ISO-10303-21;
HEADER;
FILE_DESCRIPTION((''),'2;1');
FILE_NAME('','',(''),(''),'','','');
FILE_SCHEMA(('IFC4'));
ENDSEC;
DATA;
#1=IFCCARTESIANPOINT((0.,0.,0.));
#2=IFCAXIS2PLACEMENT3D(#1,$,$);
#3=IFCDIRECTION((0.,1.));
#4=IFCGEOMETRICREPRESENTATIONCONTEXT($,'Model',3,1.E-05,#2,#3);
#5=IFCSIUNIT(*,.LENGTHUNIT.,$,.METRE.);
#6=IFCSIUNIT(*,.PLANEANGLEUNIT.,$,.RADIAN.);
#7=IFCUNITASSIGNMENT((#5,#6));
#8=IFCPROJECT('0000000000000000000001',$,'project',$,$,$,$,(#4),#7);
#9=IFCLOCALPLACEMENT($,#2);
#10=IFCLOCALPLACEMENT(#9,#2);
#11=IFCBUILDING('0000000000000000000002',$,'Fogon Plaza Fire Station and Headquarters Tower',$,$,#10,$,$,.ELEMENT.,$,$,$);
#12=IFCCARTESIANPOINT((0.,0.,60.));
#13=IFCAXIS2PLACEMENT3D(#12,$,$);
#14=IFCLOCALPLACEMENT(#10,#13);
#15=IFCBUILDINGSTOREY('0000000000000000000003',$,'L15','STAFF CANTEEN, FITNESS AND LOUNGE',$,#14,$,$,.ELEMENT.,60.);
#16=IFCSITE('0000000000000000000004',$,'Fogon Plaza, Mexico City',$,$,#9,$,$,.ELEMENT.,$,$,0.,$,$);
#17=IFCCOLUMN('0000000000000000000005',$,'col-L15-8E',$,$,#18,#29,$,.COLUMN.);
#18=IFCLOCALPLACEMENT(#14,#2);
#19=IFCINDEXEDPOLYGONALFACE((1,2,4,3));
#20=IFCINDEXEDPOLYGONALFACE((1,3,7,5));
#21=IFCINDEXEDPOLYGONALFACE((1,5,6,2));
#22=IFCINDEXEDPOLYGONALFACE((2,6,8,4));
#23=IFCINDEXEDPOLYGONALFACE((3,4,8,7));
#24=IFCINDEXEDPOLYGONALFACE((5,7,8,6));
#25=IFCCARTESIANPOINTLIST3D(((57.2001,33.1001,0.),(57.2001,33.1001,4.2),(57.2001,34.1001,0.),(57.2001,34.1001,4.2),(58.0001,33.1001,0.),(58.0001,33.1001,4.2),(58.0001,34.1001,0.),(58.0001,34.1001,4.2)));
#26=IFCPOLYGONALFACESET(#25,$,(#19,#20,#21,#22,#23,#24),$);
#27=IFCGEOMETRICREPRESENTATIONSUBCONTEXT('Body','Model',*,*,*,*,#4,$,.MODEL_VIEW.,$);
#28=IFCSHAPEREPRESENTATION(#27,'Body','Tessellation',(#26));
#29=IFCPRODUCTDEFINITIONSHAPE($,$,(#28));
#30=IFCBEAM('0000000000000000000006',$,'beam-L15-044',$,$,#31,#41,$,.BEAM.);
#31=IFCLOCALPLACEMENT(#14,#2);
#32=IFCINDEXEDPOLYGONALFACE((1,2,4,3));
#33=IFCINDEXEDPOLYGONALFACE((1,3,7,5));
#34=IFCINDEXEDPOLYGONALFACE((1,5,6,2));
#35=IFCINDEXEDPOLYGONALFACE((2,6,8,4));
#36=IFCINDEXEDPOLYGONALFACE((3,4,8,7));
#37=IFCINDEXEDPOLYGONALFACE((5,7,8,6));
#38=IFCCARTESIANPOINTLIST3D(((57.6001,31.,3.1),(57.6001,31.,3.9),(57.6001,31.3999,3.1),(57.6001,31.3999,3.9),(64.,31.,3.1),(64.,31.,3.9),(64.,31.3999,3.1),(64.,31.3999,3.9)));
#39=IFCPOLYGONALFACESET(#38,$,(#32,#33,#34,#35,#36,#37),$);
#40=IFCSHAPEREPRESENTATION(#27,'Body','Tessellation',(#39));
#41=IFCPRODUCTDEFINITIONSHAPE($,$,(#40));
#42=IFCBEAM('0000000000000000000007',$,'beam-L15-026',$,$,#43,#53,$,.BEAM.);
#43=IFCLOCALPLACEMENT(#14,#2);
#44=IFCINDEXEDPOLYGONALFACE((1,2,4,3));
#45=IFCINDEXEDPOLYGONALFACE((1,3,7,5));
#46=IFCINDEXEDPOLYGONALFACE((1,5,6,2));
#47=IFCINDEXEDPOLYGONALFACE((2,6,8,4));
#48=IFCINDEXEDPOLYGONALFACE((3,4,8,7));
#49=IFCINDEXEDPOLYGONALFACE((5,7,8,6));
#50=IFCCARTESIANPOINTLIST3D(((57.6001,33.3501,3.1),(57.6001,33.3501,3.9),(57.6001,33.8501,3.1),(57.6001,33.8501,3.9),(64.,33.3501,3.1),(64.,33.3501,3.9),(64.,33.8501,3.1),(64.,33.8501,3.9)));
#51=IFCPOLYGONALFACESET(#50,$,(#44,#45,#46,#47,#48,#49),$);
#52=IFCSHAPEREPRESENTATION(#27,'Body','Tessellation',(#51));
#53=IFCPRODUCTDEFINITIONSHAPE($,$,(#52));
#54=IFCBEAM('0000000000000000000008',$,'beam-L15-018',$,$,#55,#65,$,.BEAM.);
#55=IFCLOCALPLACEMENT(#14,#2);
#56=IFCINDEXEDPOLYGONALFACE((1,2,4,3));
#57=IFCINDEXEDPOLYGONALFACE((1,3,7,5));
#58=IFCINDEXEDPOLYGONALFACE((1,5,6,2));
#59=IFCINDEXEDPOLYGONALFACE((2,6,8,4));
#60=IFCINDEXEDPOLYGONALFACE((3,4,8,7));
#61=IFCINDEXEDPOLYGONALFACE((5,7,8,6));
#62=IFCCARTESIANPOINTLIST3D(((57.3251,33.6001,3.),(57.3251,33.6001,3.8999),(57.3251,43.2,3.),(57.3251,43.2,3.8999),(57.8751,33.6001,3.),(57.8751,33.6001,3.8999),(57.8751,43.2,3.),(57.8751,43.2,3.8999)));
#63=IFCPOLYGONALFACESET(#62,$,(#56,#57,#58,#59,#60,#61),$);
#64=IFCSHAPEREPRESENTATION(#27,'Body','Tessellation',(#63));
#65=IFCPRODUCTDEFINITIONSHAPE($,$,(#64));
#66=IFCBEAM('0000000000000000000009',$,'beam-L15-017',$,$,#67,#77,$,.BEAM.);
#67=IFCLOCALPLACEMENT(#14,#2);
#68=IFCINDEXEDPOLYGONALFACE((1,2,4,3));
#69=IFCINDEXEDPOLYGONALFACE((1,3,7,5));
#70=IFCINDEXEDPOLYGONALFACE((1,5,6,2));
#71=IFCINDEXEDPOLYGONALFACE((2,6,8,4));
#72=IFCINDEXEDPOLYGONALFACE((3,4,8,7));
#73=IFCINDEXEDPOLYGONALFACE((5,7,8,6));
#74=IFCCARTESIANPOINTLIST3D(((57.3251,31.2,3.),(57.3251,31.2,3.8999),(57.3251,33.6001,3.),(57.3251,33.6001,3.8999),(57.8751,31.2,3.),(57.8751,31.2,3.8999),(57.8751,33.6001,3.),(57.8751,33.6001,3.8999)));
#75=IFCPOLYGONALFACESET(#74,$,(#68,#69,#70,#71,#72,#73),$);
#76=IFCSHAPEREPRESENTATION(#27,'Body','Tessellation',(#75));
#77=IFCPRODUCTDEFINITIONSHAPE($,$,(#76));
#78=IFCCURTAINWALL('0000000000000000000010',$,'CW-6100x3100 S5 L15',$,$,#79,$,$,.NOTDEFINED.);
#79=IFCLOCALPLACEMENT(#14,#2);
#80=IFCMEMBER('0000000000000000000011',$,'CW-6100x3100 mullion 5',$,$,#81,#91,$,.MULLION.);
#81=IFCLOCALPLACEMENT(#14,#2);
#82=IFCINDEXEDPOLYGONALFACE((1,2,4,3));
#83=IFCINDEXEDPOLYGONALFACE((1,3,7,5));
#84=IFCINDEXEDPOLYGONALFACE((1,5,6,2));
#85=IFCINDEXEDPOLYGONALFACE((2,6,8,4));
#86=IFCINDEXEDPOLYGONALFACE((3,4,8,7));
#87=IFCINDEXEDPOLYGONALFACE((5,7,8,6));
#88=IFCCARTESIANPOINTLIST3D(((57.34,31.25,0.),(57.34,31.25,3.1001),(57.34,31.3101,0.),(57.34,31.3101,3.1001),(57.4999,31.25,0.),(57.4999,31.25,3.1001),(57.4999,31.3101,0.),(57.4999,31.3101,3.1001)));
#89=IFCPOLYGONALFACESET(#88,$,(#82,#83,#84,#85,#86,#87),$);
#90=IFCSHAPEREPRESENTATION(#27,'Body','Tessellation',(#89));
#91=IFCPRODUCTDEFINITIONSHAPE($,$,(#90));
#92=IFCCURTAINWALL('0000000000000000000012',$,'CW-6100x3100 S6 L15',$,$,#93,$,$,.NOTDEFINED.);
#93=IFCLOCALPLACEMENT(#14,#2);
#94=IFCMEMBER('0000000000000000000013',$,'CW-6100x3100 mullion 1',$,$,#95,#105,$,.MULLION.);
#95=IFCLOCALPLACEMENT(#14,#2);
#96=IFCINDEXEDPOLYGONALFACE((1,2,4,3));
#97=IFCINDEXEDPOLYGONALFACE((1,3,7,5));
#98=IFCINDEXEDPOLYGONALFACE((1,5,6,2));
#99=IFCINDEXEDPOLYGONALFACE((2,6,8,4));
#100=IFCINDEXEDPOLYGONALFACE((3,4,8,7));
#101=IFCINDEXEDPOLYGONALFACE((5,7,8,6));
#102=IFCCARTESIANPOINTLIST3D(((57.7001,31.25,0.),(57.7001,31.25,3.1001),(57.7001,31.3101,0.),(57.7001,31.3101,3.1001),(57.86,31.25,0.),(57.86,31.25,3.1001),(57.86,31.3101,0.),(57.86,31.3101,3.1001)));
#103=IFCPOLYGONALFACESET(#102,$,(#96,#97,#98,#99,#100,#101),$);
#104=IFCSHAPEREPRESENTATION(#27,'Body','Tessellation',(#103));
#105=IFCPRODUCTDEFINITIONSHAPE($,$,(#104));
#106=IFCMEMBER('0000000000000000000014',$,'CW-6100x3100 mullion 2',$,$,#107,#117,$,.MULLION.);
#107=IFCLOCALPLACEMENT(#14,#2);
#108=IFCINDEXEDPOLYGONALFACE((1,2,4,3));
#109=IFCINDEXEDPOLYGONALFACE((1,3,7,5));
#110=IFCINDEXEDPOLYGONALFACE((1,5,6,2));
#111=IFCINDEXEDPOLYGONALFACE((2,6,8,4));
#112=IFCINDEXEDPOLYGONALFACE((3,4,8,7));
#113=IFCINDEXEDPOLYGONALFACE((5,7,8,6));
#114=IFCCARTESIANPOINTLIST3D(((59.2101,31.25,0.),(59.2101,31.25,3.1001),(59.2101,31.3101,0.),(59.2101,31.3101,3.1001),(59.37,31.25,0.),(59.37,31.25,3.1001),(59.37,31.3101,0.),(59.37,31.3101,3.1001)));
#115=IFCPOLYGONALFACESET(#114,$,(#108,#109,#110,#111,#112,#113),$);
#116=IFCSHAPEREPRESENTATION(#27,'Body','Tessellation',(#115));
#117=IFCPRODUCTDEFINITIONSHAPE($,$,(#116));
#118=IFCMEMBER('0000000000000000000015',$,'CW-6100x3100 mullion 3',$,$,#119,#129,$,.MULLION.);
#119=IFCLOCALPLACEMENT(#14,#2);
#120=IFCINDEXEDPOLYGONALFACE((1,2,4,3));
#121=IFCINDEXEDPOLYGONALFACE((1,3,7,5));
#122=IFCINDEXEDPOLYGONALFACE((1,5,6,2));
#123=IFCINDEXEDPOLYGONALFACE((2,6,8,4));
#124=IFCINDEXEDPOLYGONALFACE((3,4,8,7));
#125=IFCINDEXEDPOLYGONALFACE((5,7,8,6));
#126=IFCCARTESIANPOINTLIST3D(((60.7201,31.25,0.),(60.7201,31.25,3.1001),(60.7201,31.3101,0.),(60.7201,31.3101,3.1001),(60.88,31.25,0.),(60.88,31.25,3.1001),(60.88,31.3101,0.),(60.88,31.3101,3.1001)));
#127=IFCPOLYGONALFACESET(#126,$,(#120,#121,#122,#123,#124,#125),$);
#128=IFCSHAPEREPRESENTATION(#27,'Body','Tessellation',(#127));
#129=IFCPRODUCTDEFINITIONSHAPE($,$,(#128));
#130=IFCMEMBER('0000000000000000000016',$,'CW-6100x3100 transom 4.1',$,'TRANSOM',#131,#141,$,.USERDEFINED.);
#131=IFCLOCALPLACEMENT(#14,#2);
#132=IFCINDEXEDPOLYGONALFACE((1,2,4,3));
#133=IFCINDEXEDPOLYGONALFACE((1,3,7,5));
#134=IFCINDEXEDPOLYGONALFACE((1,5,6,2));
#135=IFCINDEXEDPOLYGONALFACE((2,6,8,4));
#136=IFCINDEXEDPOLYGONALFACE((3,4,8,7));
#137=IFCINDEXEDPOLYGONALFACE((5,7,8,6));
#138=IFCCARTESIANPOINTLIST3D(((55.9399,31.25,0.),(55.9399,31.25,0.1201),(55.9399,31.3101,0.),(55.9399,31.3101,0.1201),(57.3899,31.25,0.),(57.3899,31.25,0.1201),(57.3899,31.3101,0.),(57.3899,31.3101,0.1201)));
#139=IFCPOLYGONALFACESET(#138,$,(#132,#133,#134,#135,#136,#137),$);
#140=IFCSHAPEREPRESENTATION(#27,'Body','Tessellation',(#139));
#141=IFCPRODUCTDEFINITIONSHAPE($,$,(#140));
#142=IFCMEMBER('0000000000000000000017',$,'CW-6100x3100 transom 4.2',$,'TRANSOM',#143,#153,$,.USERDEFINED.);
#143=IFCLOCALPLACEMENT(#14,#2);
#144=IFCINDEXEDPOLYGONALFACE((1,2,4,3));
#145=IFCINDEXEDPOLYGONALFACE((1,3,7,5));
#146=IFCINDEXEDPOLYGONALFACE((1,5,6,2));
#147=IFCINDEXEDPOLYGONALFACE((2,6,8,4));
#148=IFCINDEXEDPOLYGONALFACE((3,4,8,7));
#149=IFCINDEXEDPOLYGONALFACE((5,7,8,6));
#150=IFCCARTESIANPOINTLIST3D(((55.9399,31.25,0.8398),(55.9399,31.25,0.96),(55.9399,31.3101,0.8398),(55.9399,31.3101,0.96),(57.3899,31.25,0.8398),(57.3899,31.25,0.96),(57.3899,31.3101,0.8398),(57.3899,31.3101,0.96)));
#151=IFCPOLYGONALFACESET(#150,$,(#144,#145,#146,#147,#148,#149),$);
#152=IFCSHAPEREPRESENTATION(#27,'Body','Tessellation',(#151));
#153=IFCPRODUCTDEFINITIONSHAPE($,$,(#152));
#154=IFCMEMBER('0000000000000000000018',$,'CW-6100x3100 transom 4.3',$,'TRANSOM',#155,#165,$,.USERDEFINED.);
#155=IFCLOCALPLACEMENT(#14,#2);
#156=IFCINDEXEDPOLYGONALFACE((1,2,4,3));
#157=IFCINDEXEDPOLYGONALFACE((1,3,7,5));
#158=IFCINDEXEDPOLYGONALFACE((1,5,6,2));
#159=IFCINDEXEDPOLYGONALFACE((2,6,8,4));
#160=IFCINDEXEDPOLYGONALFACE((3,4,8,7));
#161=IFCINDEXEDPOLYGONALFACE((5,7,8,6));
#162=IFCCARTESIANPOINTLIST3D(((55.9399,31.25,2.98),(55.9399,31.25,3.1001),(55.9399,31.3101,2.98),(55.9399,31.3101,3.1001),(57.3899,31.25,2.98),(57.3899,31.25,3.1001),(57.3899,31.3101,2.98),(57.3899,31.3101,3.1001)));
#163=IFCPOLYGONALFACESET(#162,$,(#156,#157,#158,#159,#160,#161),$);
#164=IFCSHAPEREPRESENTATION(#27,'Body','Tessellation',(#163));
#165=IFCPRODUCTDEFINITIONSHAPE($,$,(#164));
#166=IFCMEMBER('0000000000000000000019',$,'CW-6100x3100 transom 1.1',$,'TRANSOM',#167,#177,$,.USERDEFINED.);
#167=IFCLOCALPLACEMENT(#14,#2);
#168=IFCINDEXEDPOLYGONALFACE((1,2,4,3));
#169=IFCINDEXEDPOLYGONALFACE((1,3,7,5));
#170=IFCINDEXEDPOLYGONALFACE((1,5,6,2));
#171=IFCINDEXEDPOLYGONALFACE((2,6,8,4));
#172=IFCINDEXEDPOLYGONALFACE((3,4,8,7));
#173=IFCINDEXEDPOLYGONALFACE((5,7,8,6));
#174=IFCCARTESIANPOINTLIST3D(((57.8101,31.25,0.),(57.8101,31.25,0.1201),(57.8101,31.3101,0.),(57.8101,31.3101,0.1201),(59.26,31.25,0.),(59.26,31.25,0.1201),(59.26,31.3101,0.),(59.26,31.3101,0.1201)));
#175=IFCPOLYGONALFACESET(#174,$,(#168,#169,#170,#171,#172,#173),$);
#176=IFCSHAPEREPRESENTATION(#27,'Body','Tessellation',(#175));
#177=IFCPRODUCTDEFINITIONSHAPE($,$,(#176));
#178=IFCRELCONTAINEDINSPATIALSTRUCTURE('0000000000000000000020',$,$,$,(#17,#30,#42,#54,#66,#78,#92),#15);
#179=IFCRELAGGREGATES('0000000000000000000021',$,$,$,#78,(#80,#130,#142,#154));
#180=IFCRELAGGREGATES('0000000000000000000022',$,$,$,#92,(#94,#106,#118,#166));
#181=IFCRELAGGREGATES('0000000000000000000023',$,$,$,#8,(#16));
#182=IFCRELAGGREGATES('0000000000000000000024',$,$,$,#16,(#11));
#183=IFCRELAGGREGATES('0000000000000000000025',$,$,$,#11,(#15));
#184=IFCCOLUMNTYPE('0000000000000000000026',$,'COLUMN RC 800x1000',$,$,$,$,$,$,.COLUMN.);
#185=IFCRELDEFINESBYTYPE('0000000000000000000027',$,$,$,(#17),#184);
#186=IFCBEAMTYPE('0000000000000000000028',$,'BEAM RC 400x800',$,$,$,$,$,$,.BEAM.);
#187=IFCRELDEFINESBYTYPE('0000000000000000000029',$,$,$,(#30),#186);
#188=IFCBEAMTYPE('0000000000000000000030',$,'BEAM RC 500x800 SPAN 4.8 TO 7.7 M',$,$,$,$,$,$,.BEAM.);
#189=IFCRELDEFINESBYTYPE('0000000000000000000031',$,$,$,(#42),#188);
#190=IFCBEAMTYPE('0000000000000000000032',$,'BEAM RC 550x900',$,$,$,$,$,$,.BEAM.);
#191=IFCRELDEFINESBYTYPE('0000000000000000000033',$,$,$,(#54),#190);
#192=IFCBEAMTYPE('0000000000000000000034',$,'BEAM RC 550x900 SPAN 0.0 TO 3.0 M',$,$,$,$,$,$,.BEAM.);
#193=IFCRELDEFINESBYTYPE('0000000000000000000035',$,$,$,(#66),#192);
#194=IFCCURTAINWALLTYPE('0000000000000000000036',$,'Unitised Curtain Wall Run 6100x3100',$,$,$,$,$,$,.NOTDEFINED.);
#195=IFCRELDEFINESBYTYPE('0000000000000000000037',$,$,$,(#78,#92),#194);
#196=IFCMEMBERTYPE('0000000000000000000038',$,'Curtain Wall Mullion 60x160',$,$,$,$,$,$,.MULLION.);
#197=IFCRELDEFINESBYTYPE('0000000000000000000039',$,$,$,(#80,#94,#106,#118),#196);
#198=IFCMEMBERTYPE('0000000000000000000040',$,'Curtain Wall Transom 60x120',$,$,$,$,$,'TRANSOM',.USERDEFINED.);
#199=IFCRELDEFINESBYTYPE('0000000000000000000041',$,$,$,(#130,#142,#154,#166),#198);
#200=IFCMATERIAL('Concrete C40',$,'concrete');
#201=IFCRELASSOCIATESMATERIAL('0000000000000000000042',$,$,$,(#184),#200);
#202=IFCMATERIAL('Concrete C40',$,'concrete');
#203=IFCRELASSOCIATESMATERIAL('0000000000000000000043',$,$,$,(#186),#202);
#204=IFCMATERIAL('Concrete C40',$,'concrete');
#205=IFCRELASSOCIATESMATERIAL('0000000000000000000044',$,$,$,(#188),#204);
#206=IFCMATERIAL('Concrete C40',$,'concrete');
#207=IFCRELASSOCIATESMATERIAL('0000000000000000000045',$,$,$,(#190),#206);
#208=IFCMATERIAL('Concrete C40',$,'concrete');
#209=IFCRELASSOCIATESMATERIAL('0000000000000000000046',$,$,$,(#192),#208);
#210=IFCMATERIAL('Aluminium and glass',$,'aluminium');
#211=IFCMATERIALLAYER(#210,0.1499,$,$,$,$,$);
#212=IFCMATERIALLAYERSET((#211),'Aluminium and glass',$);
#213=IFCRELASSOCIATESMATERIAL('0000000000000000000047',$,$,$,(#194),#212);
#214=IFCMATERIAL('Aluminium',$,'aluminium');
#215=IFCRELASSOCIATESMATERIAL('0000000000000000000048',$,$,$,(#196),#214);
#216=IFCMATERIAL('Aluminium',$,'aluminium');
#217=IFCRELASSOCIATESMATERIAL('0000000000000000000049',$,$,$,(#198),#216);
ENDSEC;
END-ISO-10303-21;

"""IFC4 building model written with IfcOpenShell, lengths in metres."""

from ifc_helpers import new_model, si_unit, direction, frame, origin, origin_2d, place, context, subcontext, project, spatial, rectangle, extrude, material, layer, layer_set, material_profile, profile_set, type_object, element, aggregate, save


model = new_model("IFC4")

# Units and contexts
model_context = context("Model", 3, precision=1e-05, world=origin(), true_north=direction((0.0, 1.0)))
body_context = subcontext(model_context, "Body", "Model", "MODEL_VIEW")
ifc_project = project(units=[si_unit("LENGTHUNIT", "METRE"), si_unit("PLANEANGLEUNIT", "RADIAN")], contexts=[model_context])

# Site, building, storey
site_placement = place(None, origin())
site = spatial("IfcSite", under=ifc_project, at=site_placement, Name="Fogon Plaza, Mexico City", CompositionType="ELEMENT", RefElevation=0.0)
building_placement = place(site_placement, origin())
building = spatial("IfcBuilding", under=site, at=building_placement, Name="Fogon Plaza Fire Station and Headquarters Tower", CompositionType="ELEMENT")
storey_placement = place(building_placement, frame((0.0, 0.0, 60.0)))
storey = spatial("IfcBuildingStorey", under=building, at=storey_placement, Name="L15", Description="STAFF CANTEEN, FITNESS AND LOUNGE", CompositionType="ELEMENT", Elevation=60.0)

# Column
ifc_material_1 = material(Name="Concrete C40", Category="concrete")
ifc_material_profile_1 = material_profile(ifc_material_1, rectangle(XDim=0.8, YDim=1.0, at=origin_2d()), Name="RC 800x1000")
ifc_profile_set_1 = profile_set([ifc_material_profile_1], Name="Concrete C40")
column_type = type_object("IfcColumnType", Name="COLUMN RC 800x1000", PredefinedType="COLUMN", material=ifc_profile_set_1)
column_placement = place(storey_placement, frame((57.6001, 33.6001, 0.0), z_axis=(0.0, 0.0, 1.0), x_axis=(1.0, 0.0, 0.0)))
element("IfcColumn", 1, at=column_placement, inside=storey, type_object=column_type, Name="col-L15-8E", PredefinedType="COLUMN", context=body_context, shape_type="SweptSolid", body=[
    extrude(rectangle(XDim=0.8, YDim=1.0, at=origin_2d()), origin(), (0.0, 0.0, 1.0), 4.2),
])

# Beams
ifc_material_2 = material(Name="Concrete C40", Category="concrete")
ifc_material_profile_2 = material_profile(ifc_material_2, rectangle(XDim=0.3999, YDim=0.8, at=origin_2d()), Name="RC 400x800")
ifc_profile_set_2 = profile_set([ifc_material_profile_2], Name="Concrete C40")
beam_type_1 = type_object("IfcBeamType", Name="BEAM RC 400x800", PredefinedType="BEAM", material=ifc_profile_set_2)
beam_1_placement = place(storey_placement, frame((57.6001, 31.2, 3.5), z_axis=(1.0, 0.0, 0.0), x_axis=(0.0, 1.0, 0.0)))
element("IfcBeam", 2, at=beam_1_placement, inside=storey, type_object=beam_type_1, Name="beam-L15-044", PredefinedType="BEAM", context=body_context, shape_type="SweptSolid", body=[
    extrude(rectangle(XDim=0.3999, YDim=0.8, at=origin_2d()), origin(), (0.0, 0.0, 1.0), 6.3999),
])
ifc_material_3 = material(Name="Concrete C40", Category="concrete")
ifc_material_profile_3 = material_profile(ifc_material_3, rectangle(XDim=0.5, YDim=0.8, at=origin_2d()), Name="RC 500x800")
ifc_profile_set_3 = profile_set([ifc_material_profile_3], Name="Concrete C40")
beam_type_2 = type_object("IfcBeamType", Name="BEAM RC 500x800 SPAN 4.8 TO 7.7 M", PredefinedType="BEAM", material=ifc_profile_set_3)
beam_2_placement = place(storey_placement, frame((57.6001, 33.6001, 3.5), z_axis=(1.0, 0.0, 0.0), x_axis=(0.0, 1.0, 0.0)))
element("IfcBeam", 3, at=beam_2_placement, inside=storey, type_object=beam_type_2, Name="beam-L15-026", PredefinedType="BEAM", context=body_context, shape_type="SweptSolid", body=[
    extrude(rectangle(XDim=0.5, YDim=0.8, at=origin_2d()), origin(), (0.0, 0.0, 1.0), 6.3999),
])
ifc_material_4 = material(Name="Concrete C40", Category="concrete")
ifc_material_profile_4 = material_profile(ifc_material_4, rectangle(XDim=0.55, YDim=0.8999, at=origin_2d()), Name="RC 550x900")
ifc_profile_set_4 = profile_set([ifc_material_profile_4], Name="Concrete C40")
beam_type_3 = type_object("IfcBeamType", Name="BEAM RC 550x900", PredefinedType="BEAM", material=ifc_profile_set_4)
beam_3_placement = place(storey_placement, frame((57.6001, 33.6001, 3.45), z_axis=(0.0, 1.0, 0.0), x_axis=(-1.0, 0.0, 0.0)))
element("IfcBeam", 4, at=beam_3_placement, inside=storey, type_object=beam_type_3, Name="beam-L15-018", PredefinedType="BEAM", context=body_context, shape_type="SweptSolid", body=[
    extrude(rectangle(XDim=0.55, YDim=0.8999, at=origin_2d()), origin(), (0.0, 0.0, 1.0), 9.5999),
])
ifc_material_5 = material(Name="Concrete C40", Category="concrete")
ifc_material_profile_5 = material_profile(ifc_material_5, rectangle(XDim=0.55, YDim=0.8999, at=origin_2d()), Name="RC 550x900")
ifc_profile_set_5 = profile_set([ifc_material_profile_5], Name="Concrete C40")
beam_type_4 = type_object("IfcBeamType", Name="BEAM RC 550x900 SPAN 0.0 TO 3.0 M", PredefinedType="BEAM", material=ifc_profile_set_5)
beam_4_placement = place(storey_placement, frame((57.6001, 31.2, 3.45), z_axis=(0.0, 1.0, 0.0), x_axis=(-1.0, 0.0, 0.0)))
element("IfcBeam", 5, at=beam_4_placement, inside=storey, type_object=beam_type_4, Name="beam-L15-017", PredefinedType="BEAM", context=body_context, shape_type="SweptSolid", body=[
    extrude(rectangle(XDim=0.55, YDim=0.8999, at=origin_2d()), origin(), (0.0, 0.0, 1.0), 2.4001),
])

# Curtain wall, member
ifc_material_6 = material(Name="Aluminium and glass", Category="aluminium")
ifc_layer_1 = layer(ifc_material_6, 0.1499)
ifc_layer_set_1 = layer_set([ifc_layer_1], Name="Aluminium and glass")
curtain_wall_type = type_object("IfcCurtainWallType", Name="Unitised Curtain Wall Run 6100x3100", PredefinedType="NOTDEFINED", material=ifc_layer_set_1)
curtain_wall_1_placement = place(storey_placement, origin())
curtain_wall_1 = element("IfcCurtainWall", 6, at=curtain_wall_1_placement, inside=storey, type_object=curtain_wall_type, Name="CW-6100x3100 S5 L15", PredefinedType="NOTDEFINED")
ifc_material_7 = material(Name="Aluminium", Category="aluminium")
ifc_material_profile_6 = material_profile(ifc_material_7, rectangle(XDim=0.0601, YDim=0.1599, at=origin_2d()), Name="Curtain Wall Mullion 60x160")
ifc_profile_set_6 = profile_set([ifc_material_profile_6], Name="Aluminium")
member_type_1 = type_object("IfcMemberType", Name="Curtain Wall Mullion 60x160", PredefinedType="MULLION", material=ifc_profile_set_6)
member_1_placement = place(storey_placement, frame((57.4199, 31.28, 0.0), z_axis=(0.0, 0.0, 1.0), x_axis=(0.0, 1.0, 0.0)))
member_1 = element("IfcMember", 7, at=member_1_placement, type_object=member_type_1, Name="CW-6100x3100 mullion 5", PredefinedType="MULLION", context=body_context, shape_type="SweptSolid", body=[
    extrude(rectangle(XDim=0.0601, YDim=0.1599, at=origin_2d()), origin(), (0.0, 0.0, 1.0), 3.1001),
])

# Curtain wall, members
curtain_wall_2_placement = place(storey_placement, origin())
curtain_wall_2 = element("IfcCurtainWall", 8, at=curtain_wall_2_placement, inside=storey, type_object=curtain_wall_type, Name="CW-6100x3100 S6 L15", PredefinedType="NOTDEFINED")
member_2_placement = place(storey_placement, frame((57.78, 31.28, 0.0), z_axis=(0.0, 0.0, 1.0), x_axis=(0.0, 1.0, 0.0)))
member_2 = element("IfcMember", 9, at=member_2_placement, type_object=member_type_1, Name="CW-6100x3100 mullion 1", PredefinedType="MULLION", context=body_context, shape_type="SweptSolid", body=[
    extrude(rectangle(XDim=0.0601, YDim=0.1599, at=origin_2d()), origin(), (0.0, 0.0, 1.0), 3.1001),
])
member_3_placement = place(storey_placement, frame((59.29, 31.28, 0.0), z_axis=(0.0, 0.0, 1.0), x_axis=(0.0, 1.0, 0.0)))
member_3 = element("IfcMember", 10, at=member_3_placement, type_object=member_type_1, Name="CW-6100x3100 mullion 2", PredefinedType="MULLION", context=body_context, shape_type="SweptSolid", body=[
    extrude(rectangle(XDim=0.0601, YDim=0.1599, at=origin_2d()), origin(), (0.0, 0.0, 1.0), 3.1001),
])
member_4_placement = place(storey_placement, frame((60.8, 31.28, 0.0), z_axis=(0.0, 0.0, 1.0), x_axis=(0.0, 1.0, 0.0)))
member_4 = element("IfcMember", 11, at=member_4_placement, type_object=member_type_1, Name="CW-6100x3100 mullion 3", PredefinedType="MULLION", context=body_context, shape_type="SweptSolid", body=[
    extrude(rectangle(XDim=0.0601, YDim=0.1599, at=origin_2d()), origin(), (0.0, 0.0, 1.0), 3.1001),
])

# Members
ifc_material_8 = material(Name="Aluminium", Category="aluminium")
ifc_material_profile_7 = material_profile(ifc_material_8, rectangle(XDim=0.0601, YDim=0.1201, at=origin_2d()), Name="Curtain Wall Transom 60x120")
ifc_profile_set_7 = profile_set([ifc_material_profile_7], Name="Aluminium")
member_type_2 = type_object("IfcMemberType", Name="Curtain Wall Transom 60x120", ElementType="TRANSOM", PredefinedType="USERDEFINED", material=ifc_profile_set_7)
member_5_placement = place(storey_placement, frame((55.9399, 31.28, 0.0601), z_axis=(1.0, 0.0, 0.0), x_axis=(0.0, 1.0, 0.0)))
member_5 = element("IfcMember", 12, at=member_5_placement, type_object=member_type_2, Name="CW-6100x3100 transom 4.1", ObjectType="TRANSOM", PredefinedType="USERDEFINED", context=body_context, shape_type="SweptSolid", body=[
    extrude(rectangle(XDim=0.0601, YDim=0.1201, at=origin_2d()), origin(), (0.0, 0.0, 1.0), 1.45),
])
member_6_placement = place(storey_placement, frame((55.9399, 31.28, 0.8999), z_axis=(1.0, 0.0, 0.0), x_axis=(0.0, 1.0, 0.0)))
member_6 = element("IfcMember", 13, at=member_6_placement, type_object=member_type_2, Name="CW-6100x3100 transom 4.2", ObjectType="TRANSOM", PredefinedType="USERDEFINED", context=body_context, shape_type="SweptSolid", body=[
    extrude(rectangle(XDim=0.0601, YDim=0.1201, at=origin_2d()), origin(), (0.0, 0.0, 1.0), 1.45),
])
member_7_placement = place(storey_placement, frame((55.9399, 31.28, 3.04), z_axis=(1.0, 0.0, 0.0), x_axis=(0.0, 1.0, 0.0)))
member_7 = element("IfcMember", 14, at=member_7_placement, type_object=member_type_2, Name="CW-6100x3100 transom 4.3", ObjectType="TRANSOM", PredefinedType="USERDEFINED", context=body_context, shape_type="SweptSolid", body=[
    extrude(rectangle(XDim=0.0601, YDim=0.1201, at=origin_2d()), origin(), (0.0, 0.0, 1.0), 1.45),
])
member_8_placement = place(storey_placement, frame((57.8101, 31.28, 0.0601), z_axis=(1.0, 0.0, 0.0), x_axis=(0.0, 1.0, 0.0)))
member_8 = element("IfcMember", 15, at=member_8_placement, type_object=member_type_2, Name="CW-6100x3100 transom 1.1", ObjectType="TRANSOM", PredefinedType="USERDEFINED", context=body_context, shape_type="SweptSolid", body=[
    extrude(rectangle(XDim=0.0601, YDim=0.1201, at=origin_2d()), origin(), (0.0, 0.0, 1.0), 1.45),
])

aggregate(curtain_wall_1, [member_1, member_5, member_6, member_7])
aggregate(curtain_wall_2, [member_2, member_3, member_4, member_8])

save(model, "model.ifc")
